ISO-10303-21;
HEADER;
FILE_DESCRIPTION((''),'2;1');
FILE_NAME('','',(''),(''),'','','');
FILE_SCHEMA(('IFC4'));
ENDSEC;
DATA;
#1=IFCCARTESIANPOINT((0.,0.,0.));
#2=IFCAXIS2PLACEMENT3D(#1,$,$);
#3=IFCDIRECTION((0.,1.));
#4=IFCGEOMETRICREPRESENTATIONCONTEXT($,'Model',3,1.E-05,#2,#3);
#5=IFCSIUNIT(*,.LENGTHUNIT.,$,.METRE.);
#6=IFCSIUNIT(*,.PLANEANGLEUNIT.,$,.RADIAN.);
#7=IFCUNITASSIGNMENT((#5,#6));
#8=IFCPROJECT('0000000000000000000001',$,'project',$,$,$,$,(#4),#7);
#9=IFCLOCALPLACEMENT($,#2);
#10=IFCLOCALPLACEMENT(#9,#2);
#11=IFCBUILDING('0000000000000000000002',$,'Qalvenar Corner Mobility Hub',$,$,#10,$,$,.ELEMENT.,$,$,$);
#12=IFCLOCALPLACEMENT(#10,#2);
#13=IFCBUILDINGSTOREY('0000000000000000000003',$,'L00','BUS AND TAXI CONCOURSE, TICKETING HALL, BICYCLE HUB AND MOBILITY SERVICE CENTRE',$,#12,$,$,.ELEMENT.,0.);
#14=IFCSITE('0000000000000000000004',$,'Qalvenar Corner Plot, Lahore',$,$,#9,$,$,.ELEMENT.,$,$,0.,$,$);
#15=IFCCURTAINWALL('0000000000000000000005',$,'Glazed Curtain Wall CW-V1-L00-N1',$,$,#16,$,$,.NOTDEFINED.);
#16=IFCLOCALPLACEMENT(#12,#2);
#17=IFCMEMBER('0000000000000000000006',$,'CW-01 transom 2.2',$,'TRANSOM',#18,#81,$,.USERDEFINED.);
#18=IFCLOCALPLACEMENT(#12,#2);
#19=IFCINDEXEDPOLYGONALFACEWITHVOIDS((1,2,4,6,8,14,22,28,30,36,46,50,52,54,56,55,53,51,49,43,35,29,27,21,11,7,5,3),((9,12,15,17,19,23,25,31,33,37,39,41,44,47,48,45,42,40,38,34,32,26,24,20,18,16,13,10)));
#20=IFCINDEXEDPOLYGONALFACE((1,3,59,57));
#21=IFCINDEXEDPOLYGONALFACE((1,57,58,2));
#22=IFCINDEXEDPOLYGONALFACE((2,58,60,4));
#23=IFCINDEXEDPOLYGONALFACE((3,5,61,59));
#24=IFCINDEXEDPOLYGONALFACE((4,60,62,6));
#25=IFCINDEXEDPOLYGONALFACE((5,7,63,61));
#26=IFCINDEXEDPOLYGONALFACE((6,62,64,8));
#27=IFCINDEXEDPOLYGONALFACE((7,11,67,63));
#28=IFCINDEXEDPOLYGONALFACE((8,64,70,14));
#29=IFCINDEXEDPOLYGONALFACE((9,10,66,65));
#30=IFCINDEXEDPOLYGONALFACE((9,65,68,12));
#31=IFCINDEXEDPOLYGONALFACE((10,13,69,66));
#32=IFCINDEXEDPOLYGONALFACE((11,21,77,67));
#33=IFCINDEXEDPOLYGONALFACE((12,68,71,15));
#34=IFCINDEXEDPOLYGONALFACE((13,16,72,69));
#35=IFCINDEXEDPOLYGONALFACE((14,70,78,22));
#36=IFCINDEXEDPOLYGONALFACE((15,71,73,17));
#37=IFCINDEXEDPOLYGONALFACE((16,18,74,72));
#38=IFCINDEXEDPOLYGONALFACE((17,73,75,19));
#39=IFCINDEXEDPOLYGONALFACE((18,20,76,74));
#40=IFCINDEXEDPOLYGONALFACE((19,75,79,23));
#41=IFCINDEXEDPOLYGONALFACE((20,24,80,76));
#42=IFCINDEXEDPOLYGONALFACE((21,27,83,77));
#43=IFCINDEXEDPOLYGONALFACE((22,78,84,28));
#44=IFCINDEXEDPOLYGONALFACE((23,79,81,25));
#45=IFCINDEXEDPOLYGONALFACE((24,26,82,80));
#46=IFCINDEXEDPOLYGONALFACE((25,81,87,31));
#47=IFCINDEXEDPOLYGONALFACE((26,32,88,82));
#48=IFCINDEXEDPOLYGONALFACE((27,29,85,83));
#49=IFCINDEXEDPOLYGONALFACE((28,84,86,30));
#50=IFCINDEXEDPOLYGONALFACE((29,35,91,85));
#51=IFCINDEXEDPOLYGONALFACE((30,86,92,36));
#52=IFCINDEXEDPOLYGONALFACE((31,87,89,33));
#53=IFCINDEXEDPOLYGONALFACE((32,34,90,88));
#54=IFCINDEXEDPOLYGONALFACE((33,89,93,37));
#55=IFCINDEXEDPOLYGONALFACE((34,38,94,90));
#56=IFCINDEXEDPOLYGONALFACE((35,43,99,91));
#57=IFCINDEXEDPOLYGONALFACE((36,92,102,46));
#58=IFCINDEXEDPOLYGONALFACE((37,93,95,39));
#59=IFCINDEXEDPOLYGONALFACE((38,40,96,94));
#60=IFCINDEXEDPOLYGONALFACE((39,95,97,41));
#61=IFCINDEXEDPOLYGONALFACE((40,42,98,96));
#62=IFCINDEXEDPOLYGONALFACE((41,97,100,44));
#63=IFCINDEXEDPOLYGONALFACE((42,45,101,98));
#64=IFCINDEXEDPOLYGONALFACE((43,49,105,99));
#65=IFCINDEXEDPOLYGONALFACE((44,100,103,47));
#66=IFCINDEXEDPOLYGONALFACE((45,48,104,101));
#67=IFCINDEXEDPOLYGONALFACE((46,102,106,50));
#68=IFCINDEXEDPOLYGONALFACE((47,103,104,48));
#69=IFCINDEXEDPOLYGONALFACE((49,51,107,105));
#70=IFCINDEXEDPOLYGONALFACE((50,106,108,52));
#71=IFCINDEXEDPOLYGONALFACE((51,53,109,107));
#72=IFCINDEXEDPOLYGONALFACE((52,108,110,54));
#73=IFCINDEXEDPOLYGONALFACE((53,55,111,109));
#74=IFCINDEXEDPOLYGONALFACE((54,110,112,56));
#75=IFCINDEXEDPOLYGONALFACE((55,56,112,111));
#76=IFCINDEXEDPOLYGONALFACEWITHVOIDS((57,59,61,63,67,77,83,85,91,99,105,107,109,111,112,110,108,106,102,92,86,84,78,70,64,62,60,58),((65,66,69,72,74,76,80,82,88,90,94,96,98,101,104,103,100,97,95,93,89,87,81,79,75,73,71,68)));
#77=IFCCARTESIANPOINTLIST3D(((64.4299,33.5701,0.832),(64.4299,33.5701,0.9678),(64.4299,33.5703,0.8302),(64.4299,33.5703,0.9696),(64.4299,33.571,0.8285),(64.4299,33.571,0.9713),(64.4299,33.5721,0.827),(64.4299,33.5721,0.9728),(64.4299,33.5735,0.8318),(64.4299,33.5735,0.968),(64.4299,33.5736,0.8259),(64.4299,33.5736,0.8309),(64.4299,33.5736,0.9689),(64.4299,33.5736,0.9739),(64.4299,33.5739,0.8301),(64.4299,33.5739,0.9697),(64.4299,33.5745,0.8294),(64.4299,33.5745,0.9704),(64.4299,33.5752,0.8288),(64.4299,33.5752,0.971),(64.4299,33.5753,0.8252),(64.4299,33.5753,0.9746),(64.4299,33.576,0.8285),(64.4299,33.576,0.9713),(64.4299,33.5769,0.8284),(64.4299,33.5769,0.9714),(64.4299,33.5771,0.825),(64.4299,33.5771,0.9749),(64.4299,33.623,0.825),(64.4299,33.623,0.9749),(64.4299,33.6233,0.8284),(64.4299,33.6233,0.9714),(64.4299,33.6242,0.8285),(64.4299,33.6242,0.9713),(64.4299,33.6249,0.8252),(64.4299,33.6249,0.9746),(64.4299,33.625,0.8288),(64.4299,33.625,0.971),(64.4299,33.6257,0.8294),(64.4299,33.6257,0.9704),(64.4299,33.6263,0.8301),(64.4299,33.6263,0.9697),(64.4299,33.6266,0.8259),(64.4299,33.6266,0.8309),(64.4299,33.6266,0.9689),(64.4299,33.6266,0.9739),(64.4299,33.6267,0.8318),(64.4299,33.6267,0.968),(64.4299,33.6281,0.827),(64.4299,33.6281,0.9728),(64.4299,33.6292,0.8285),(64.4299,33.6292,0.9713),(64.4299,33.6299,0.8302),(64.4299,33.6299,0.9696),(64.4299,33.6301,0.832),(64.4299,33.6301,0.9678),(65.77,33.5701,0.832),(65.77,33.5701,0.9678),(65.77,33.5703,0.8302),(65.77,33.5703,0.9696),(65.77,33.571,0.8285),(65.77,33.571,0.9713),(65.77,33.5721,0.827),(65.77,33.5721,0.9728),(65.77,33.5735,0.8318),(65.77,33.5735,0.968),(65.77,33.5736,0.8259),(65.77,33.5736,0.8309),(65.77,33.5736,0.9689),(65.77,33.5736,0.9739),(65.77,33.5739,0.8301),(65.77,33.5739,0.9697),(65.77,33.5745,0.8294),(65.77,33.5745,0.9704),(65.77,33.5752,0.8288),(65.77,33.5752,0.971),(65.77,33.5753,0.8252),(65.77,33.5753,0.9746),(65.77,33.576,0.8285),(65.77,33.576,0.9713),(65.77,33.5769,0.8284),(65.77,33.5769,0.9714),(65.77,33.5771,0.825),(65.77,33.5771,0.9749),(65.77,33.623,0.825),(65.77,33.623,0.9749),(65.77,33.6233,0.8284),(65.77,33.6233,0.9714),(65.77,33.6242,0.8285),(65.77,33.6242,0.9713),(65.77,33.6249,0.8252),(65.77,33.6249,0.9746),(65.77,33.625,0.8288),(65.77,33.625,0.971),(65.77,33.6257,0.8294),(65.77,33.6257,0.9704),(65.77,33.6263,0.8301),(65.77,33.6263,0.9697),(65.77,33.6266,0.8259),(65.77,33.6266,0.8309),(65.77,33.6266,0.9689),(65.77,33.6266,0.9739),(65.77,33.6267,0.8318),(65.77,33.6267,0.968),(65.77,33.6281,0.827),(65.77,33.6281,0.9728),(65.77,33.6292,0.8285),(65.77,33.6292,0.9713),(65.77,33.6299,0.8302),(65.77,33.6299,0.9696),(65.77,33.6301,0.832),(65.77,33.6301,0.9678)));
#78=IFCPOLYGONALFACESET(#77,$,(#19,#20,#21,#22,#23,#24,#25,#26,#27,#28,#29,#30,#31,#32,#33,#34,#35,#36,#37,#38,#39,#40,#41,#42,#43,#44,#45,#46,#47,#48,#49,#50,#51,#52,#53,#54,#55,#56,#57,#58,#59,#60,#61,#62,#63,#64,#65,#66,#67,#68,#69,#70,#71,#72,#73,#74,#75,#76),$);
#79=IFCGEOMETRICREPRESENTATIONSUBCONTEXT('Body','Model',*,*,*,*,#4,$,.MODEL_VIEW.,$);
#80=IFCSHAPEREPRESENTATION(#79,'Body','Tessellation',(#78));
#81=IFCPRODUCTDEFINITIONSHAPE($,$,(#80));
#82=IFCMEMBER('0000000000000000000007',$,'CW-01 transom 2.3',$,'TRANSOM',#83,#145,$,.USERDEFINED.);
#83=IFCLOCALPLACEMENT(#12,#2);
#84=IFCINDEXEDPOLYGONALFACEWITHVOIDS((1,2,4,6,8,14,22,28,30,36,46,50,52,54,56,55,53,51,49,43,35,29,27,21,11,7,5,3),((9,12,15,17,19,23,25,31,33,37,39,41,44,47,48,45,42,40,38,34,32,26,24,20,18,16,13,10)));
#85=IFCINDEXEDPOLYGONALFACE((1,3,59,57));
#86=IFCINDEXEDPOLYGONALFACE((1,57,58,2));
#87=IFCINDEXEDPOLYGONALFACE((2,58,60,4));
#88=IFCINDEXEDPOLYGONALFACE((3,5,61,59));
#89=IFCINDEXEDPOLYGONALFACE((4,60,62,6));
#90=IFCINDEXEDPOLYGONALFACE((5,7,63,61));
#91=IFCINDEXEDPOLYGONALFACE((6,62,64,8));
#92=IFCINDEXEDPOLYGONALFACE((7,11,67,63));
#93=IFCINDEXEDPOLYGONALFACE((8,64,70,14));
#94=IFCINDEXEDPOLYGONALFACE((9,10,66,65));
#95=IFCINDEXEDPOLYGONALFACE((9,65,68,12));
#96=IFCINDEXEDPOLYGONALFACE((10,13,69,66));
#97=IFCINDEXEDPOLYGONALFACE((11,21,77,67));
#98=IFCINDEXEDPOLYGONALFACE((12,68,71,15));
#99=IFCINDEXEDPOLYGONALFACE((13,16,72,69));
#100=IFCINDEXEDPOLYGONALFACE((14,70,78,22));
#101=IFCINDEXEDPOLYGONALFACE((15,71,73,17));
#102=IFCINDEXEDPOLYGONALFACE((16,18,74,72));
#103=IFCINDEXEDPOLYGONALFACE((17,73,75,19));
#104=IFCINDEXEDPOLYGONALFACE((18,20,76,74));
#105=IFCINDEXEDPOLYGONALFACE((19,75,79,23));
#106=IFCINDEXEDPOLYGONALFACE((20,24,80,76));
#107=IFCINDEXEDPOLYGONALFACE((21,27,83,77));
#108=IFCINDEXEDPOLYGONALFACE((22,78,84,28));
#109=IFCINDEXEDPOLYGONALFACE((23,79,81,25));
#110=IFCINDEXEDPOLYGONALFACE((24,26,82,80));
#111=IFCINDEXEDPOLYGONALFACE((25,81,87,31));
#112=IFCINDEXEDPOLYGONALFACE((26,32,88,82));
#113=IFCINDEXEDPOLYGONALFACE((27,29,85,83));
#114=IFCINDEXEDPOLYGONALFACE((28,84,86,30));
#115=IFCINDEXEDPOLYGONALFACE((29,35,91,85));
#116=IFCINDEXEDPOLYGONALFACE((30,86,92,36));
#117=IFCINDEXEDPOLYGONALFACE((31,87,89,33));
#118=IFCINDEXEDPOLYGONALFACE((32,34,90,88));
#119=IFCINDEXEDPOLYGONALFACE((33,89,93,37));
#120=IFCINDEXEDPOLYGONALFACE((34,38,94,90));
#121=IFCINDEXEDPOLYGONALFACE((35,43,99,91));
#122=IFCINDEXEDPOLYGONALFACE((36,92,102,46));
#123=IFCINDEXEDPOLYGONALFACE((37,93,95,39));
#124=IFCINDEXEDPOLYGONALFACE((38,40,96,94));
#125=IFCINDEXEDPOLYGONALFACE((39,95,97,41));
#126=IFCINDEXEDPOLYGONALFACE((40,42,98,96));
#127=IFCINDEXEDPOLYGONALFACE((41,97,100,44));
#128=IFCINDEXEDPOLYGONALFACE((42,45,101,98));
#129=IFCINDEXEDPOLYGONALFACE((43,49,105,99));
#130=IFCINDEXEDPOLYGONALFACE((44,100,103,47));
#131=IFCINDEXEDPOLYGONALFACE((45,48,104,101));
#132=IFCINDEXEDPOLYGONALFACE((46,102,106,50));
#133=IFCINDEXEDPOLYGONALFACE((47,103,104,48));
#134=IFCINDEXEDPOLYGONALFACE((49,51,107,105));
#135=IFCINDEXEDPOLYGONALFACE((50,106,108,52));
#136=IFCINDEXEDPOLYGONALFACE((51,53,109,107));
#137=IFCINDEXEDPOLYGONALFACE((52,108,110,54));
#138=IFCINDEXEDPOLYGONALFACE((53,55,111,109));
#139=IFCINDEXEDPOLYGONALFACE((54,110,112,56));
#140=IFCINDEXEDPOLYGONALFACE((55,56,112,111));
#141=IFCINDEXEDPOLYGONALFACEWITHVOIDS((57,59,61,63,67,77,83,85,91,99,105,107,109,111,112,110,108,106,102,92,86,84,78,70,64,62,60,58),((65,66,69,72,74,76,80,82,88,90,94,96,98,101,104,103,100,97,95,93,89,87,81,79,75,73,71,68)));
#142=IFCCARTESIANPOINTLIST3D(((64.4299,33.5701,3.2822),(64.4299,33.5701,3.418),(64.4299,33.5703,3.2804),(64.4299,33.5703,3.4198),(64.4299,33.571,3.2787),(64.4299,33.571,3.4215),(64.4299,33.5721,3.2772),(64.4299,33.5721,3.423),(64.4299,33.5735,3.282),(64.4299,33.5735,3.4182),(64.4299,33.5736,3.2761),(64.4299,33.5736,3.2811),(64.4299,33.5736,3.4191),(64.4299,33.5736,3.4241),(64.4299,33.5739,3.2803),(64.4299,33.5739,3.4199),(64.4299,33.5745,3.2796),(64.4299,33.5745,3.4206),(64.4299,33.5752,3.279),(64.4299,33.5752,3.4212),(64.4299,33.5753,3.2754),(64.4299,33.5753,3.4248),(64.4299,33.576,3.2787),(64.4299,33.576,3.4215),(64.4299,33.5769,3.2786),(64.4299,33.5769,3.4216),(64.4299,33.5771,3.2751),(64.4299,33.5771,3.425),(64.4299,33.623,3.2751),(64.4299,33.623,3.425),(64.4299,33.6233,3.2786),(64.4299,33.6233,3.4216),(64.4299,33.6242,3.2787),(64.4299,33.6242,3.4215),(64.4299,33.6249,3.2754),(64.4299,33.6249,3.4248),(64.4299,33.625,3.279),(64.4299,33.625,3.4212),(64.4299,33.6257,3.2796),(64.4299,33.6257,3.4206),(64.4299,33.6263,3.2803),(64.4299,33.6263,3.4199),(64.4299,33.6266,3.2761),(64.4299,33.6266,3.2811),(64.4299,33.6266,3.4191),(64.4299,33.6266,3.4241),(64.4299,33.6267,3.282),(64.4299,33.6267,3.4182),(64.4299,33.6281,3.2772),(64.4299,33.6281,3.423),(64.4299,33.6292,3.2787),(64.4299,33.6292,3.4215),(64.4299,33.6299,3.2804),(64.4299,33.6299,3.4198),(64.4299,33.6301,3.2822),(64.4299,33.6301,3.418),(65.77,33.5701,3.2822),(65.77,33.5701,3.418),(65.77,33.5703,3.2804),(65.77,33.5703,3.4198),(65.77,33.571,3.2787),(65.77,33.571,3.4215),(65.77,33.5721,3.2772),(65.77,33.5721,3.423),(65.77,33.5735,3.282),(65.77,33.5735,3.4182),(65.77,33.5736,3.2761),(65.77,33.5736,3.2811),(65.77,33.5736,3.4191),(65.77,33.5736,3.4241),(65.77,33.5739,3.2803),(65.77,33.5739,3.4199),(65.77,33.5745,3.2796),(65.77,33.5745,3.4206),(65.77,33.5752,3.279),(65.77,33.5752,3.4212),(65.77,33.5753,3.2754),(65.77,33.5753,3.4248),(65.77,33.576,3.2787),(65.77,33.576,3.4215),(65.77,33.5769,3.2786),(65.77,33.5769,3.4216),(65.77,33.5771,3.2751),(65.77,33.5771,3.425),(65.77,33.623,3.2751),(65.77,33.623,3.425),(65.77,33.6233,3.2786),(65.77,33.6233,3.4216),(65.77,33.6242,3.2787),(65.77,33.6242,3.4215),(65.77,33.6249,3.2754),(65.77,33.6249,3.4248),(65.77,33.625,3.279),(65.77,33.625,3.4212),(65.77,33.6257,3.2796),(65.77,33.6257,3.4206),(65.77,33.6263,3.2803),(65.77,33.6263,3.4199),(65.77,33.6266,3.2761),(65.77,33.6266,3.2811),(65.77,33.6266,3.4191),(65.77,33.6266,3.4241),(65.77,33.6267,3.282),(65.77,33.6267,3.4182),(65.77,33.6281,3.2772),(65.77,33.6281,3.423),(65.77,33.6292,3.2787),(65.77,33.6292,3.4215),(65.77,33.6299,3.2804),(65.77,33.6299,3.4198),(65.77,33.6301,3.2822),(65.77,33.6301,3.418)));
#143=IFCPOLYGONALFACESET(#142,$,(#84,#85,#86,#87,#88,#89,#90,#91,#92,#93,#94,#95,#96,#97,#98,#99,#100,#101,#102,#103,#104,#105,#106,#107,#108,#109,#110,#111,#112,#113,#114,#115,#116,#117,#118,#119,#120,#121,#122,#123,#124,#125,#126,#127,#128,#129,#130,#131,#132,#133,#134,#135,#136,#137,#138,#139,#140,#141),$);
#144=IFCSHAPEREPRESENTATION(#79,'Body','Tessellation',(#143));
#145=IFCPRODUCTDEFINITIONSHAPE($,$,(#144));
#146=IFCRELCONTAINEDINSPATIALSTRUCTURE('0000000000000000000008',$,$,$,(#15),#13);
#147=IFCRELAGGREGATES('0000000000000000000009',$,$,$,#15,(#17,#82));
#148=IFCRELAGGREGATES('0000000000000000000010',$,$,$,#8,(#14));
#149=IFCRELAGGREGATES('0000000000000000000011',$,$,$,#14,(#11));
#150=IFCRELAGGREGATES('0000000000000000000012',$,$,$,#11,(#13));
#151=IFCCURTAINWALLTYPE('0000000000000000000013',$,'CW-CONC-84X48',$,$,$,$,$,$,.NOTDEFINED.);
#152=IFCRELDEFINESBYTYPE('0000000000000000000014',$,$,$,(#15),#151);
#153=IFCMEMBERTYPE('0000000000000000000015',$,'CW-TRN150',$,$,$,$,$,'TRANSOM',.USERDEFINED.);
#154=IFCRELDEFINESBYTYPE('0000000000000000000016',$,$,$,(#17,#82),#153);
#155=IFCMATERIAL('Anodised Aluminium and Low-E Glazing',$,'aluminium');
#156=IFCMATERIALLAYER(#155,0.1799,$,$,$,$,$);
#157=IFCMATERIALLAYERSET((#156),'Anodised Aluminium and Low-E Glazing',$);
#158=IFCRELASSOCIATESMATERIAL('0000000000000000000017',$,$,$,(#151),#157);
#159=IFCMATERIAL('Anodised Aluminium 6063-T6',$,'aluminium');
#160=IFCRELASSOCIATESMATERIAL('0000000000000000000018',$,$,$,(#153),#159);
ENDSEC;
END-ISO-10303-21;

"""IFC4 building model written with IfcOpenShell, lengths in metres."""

from ifc_helpers import new_model, si_unit, direction, frame, origin, origin_2d, place, context, subcontext, project, spatial, hollow_rectangle, extrude, material, layer, layer_set, material_profile, profile_set, type_object, element, aggregate, save


model = new_model("IFC4")

# Units and contexts
model_context = context("Model", 3, precision=1e-05, world=origin(), true_north=direction((0.0, 1.0)))
body_context = subcontext(model_context, "Body", "Model", "MODEL_VIEW")
ifc_project = project(units=[si_unit("LENGTHUNIT", "METRE"), si_unit("PLANEANGLEUNIT", "RADIAN")], contexts=[model_context])

# Site, building, storey
site_placement = place(None, origin())
site = spatial("IfcSite", under=ifc_project, at=site_placement, Name="Qalvenar Corner Plot, Lahore", CompositionType="ELEMENT", RefElevation=0.0)
building_placement = place(site_placement, origin())
building = spatial("IfcBuilding", under=site, at=building_placement, Name="Qalvenar Corner Mobility Hub", CompositionType="ELEMENT")
storey_placement = place(building_placement, origin())
storey = spatial("IfcBuildingStorey", under=building, at=storey_placement, Name="L00", Description="BUS AND TAXI CONCOURSE, TICKETING HALL, BICYCLE HUB AND MOBILITY SERVICE CENTRE", CompositionType="ELEMENT", Elevation=0.0)

# Curtain wall, members
ifc_material_1 = material(Name="Anodised Aluminium and Low-E Glazing", Category="aluminium")
ifc_layer_1 = layer(ifc_material_1, 0.1799)
ifc_layer_set_1 = layer_set([ifc_layer_1], Name="Anodised Aluminium and Low-E Glazing")
curtain_wall_type = type_object("IfcCurtainWallType", Name="CW-CONC-84X48", PredefinedType="NOTDEFINED", material=ifc_layer_set_1)
curtain_wall_placement = place(storey_placement, origin())
curtain_wall = element("IfcCurtainWall", 1, at=curtain_wall_placement, inside=storey, type_object=curtain_wall_type, Name="Glazed Curtain Wall CW-V1-L00-N1", PredefinedType="NOTDEFINED")
ifc_material_2 = material(Name="Anodised Aluminium 6063-T6", Category="aluminium")
ifc_material_profile_1 = material_profile(ifc_material_2, hollow_rectangle(XDim=0.0601, YDim=0.1499, WallThickness=0.0034, InnerFilletRadius=0.0034, OuterFilletRadius=0.0071, at=origin_2d()), Name="RHS150x60x3.5")
ifc_profile_set_1 = profile_set([ifc_material_profile_1], Name="Anodised Aluminium 6063-T6")
member_type_1 = type_object("IfcMemberType", Name="CW-TRN150", ElementType="TRANSOM", PredefinedType="USERDEFINED", material=ifc_profile_set_1)
member_1_placement = place(storey_placement, frame((65.77, 33.6001, 0.8999), z_axis=(-1.0, 0.0, 0.0), x_axis=(0.0, -1.0, 0.0)))
member_1 = element("IfcMember", 2, at=member_1_placement, type_object=member_type_1, Name="CW-01 transom 2.2", ObjectType="TRANSOM", PredefinedType="USERDEFINED", context=body_context, shape_type="SweptSolid", body=[
    extrude(hollow_rectangle(XDim=0.0601, YDim=0.1499, WallThickness=0.0034, InnerFilletRadius=0.0034, OuterFilletRadius=0.0071, at=origin_2d()), origin(), (0.0, 0.0, 1.0), 1.3401),
])
member_2_placement = place(storey_placement, frame((65.77, 33.6001, 3.3501), z_axis=(-1.0, 0.0, 0.0), x_axis=(0.0, -1.0, 0.0)))
member_2 = element("IfcMember", 3, at=member_2_placement, type_object=member_type_1, Name="CW-01 transom 2.3", ObjectType="TRANSOM", PredefinedType="USERDEFINED", context=body_context, shape_type="SweptSolid", body=[
    extrude(hollow_rectangle(XDim=0.0601, YDim=0.1499, WallThickness=0.0034, InnerFilletRadius=0.0034, OuterFilletRadius=0.0071, at=origin_2d()), origin(), (0.0, 0.0, 1.0), 1.3401),
])
aggregate(curtain_wall, [member_1, member_2])

save(model, "model.ifc")
